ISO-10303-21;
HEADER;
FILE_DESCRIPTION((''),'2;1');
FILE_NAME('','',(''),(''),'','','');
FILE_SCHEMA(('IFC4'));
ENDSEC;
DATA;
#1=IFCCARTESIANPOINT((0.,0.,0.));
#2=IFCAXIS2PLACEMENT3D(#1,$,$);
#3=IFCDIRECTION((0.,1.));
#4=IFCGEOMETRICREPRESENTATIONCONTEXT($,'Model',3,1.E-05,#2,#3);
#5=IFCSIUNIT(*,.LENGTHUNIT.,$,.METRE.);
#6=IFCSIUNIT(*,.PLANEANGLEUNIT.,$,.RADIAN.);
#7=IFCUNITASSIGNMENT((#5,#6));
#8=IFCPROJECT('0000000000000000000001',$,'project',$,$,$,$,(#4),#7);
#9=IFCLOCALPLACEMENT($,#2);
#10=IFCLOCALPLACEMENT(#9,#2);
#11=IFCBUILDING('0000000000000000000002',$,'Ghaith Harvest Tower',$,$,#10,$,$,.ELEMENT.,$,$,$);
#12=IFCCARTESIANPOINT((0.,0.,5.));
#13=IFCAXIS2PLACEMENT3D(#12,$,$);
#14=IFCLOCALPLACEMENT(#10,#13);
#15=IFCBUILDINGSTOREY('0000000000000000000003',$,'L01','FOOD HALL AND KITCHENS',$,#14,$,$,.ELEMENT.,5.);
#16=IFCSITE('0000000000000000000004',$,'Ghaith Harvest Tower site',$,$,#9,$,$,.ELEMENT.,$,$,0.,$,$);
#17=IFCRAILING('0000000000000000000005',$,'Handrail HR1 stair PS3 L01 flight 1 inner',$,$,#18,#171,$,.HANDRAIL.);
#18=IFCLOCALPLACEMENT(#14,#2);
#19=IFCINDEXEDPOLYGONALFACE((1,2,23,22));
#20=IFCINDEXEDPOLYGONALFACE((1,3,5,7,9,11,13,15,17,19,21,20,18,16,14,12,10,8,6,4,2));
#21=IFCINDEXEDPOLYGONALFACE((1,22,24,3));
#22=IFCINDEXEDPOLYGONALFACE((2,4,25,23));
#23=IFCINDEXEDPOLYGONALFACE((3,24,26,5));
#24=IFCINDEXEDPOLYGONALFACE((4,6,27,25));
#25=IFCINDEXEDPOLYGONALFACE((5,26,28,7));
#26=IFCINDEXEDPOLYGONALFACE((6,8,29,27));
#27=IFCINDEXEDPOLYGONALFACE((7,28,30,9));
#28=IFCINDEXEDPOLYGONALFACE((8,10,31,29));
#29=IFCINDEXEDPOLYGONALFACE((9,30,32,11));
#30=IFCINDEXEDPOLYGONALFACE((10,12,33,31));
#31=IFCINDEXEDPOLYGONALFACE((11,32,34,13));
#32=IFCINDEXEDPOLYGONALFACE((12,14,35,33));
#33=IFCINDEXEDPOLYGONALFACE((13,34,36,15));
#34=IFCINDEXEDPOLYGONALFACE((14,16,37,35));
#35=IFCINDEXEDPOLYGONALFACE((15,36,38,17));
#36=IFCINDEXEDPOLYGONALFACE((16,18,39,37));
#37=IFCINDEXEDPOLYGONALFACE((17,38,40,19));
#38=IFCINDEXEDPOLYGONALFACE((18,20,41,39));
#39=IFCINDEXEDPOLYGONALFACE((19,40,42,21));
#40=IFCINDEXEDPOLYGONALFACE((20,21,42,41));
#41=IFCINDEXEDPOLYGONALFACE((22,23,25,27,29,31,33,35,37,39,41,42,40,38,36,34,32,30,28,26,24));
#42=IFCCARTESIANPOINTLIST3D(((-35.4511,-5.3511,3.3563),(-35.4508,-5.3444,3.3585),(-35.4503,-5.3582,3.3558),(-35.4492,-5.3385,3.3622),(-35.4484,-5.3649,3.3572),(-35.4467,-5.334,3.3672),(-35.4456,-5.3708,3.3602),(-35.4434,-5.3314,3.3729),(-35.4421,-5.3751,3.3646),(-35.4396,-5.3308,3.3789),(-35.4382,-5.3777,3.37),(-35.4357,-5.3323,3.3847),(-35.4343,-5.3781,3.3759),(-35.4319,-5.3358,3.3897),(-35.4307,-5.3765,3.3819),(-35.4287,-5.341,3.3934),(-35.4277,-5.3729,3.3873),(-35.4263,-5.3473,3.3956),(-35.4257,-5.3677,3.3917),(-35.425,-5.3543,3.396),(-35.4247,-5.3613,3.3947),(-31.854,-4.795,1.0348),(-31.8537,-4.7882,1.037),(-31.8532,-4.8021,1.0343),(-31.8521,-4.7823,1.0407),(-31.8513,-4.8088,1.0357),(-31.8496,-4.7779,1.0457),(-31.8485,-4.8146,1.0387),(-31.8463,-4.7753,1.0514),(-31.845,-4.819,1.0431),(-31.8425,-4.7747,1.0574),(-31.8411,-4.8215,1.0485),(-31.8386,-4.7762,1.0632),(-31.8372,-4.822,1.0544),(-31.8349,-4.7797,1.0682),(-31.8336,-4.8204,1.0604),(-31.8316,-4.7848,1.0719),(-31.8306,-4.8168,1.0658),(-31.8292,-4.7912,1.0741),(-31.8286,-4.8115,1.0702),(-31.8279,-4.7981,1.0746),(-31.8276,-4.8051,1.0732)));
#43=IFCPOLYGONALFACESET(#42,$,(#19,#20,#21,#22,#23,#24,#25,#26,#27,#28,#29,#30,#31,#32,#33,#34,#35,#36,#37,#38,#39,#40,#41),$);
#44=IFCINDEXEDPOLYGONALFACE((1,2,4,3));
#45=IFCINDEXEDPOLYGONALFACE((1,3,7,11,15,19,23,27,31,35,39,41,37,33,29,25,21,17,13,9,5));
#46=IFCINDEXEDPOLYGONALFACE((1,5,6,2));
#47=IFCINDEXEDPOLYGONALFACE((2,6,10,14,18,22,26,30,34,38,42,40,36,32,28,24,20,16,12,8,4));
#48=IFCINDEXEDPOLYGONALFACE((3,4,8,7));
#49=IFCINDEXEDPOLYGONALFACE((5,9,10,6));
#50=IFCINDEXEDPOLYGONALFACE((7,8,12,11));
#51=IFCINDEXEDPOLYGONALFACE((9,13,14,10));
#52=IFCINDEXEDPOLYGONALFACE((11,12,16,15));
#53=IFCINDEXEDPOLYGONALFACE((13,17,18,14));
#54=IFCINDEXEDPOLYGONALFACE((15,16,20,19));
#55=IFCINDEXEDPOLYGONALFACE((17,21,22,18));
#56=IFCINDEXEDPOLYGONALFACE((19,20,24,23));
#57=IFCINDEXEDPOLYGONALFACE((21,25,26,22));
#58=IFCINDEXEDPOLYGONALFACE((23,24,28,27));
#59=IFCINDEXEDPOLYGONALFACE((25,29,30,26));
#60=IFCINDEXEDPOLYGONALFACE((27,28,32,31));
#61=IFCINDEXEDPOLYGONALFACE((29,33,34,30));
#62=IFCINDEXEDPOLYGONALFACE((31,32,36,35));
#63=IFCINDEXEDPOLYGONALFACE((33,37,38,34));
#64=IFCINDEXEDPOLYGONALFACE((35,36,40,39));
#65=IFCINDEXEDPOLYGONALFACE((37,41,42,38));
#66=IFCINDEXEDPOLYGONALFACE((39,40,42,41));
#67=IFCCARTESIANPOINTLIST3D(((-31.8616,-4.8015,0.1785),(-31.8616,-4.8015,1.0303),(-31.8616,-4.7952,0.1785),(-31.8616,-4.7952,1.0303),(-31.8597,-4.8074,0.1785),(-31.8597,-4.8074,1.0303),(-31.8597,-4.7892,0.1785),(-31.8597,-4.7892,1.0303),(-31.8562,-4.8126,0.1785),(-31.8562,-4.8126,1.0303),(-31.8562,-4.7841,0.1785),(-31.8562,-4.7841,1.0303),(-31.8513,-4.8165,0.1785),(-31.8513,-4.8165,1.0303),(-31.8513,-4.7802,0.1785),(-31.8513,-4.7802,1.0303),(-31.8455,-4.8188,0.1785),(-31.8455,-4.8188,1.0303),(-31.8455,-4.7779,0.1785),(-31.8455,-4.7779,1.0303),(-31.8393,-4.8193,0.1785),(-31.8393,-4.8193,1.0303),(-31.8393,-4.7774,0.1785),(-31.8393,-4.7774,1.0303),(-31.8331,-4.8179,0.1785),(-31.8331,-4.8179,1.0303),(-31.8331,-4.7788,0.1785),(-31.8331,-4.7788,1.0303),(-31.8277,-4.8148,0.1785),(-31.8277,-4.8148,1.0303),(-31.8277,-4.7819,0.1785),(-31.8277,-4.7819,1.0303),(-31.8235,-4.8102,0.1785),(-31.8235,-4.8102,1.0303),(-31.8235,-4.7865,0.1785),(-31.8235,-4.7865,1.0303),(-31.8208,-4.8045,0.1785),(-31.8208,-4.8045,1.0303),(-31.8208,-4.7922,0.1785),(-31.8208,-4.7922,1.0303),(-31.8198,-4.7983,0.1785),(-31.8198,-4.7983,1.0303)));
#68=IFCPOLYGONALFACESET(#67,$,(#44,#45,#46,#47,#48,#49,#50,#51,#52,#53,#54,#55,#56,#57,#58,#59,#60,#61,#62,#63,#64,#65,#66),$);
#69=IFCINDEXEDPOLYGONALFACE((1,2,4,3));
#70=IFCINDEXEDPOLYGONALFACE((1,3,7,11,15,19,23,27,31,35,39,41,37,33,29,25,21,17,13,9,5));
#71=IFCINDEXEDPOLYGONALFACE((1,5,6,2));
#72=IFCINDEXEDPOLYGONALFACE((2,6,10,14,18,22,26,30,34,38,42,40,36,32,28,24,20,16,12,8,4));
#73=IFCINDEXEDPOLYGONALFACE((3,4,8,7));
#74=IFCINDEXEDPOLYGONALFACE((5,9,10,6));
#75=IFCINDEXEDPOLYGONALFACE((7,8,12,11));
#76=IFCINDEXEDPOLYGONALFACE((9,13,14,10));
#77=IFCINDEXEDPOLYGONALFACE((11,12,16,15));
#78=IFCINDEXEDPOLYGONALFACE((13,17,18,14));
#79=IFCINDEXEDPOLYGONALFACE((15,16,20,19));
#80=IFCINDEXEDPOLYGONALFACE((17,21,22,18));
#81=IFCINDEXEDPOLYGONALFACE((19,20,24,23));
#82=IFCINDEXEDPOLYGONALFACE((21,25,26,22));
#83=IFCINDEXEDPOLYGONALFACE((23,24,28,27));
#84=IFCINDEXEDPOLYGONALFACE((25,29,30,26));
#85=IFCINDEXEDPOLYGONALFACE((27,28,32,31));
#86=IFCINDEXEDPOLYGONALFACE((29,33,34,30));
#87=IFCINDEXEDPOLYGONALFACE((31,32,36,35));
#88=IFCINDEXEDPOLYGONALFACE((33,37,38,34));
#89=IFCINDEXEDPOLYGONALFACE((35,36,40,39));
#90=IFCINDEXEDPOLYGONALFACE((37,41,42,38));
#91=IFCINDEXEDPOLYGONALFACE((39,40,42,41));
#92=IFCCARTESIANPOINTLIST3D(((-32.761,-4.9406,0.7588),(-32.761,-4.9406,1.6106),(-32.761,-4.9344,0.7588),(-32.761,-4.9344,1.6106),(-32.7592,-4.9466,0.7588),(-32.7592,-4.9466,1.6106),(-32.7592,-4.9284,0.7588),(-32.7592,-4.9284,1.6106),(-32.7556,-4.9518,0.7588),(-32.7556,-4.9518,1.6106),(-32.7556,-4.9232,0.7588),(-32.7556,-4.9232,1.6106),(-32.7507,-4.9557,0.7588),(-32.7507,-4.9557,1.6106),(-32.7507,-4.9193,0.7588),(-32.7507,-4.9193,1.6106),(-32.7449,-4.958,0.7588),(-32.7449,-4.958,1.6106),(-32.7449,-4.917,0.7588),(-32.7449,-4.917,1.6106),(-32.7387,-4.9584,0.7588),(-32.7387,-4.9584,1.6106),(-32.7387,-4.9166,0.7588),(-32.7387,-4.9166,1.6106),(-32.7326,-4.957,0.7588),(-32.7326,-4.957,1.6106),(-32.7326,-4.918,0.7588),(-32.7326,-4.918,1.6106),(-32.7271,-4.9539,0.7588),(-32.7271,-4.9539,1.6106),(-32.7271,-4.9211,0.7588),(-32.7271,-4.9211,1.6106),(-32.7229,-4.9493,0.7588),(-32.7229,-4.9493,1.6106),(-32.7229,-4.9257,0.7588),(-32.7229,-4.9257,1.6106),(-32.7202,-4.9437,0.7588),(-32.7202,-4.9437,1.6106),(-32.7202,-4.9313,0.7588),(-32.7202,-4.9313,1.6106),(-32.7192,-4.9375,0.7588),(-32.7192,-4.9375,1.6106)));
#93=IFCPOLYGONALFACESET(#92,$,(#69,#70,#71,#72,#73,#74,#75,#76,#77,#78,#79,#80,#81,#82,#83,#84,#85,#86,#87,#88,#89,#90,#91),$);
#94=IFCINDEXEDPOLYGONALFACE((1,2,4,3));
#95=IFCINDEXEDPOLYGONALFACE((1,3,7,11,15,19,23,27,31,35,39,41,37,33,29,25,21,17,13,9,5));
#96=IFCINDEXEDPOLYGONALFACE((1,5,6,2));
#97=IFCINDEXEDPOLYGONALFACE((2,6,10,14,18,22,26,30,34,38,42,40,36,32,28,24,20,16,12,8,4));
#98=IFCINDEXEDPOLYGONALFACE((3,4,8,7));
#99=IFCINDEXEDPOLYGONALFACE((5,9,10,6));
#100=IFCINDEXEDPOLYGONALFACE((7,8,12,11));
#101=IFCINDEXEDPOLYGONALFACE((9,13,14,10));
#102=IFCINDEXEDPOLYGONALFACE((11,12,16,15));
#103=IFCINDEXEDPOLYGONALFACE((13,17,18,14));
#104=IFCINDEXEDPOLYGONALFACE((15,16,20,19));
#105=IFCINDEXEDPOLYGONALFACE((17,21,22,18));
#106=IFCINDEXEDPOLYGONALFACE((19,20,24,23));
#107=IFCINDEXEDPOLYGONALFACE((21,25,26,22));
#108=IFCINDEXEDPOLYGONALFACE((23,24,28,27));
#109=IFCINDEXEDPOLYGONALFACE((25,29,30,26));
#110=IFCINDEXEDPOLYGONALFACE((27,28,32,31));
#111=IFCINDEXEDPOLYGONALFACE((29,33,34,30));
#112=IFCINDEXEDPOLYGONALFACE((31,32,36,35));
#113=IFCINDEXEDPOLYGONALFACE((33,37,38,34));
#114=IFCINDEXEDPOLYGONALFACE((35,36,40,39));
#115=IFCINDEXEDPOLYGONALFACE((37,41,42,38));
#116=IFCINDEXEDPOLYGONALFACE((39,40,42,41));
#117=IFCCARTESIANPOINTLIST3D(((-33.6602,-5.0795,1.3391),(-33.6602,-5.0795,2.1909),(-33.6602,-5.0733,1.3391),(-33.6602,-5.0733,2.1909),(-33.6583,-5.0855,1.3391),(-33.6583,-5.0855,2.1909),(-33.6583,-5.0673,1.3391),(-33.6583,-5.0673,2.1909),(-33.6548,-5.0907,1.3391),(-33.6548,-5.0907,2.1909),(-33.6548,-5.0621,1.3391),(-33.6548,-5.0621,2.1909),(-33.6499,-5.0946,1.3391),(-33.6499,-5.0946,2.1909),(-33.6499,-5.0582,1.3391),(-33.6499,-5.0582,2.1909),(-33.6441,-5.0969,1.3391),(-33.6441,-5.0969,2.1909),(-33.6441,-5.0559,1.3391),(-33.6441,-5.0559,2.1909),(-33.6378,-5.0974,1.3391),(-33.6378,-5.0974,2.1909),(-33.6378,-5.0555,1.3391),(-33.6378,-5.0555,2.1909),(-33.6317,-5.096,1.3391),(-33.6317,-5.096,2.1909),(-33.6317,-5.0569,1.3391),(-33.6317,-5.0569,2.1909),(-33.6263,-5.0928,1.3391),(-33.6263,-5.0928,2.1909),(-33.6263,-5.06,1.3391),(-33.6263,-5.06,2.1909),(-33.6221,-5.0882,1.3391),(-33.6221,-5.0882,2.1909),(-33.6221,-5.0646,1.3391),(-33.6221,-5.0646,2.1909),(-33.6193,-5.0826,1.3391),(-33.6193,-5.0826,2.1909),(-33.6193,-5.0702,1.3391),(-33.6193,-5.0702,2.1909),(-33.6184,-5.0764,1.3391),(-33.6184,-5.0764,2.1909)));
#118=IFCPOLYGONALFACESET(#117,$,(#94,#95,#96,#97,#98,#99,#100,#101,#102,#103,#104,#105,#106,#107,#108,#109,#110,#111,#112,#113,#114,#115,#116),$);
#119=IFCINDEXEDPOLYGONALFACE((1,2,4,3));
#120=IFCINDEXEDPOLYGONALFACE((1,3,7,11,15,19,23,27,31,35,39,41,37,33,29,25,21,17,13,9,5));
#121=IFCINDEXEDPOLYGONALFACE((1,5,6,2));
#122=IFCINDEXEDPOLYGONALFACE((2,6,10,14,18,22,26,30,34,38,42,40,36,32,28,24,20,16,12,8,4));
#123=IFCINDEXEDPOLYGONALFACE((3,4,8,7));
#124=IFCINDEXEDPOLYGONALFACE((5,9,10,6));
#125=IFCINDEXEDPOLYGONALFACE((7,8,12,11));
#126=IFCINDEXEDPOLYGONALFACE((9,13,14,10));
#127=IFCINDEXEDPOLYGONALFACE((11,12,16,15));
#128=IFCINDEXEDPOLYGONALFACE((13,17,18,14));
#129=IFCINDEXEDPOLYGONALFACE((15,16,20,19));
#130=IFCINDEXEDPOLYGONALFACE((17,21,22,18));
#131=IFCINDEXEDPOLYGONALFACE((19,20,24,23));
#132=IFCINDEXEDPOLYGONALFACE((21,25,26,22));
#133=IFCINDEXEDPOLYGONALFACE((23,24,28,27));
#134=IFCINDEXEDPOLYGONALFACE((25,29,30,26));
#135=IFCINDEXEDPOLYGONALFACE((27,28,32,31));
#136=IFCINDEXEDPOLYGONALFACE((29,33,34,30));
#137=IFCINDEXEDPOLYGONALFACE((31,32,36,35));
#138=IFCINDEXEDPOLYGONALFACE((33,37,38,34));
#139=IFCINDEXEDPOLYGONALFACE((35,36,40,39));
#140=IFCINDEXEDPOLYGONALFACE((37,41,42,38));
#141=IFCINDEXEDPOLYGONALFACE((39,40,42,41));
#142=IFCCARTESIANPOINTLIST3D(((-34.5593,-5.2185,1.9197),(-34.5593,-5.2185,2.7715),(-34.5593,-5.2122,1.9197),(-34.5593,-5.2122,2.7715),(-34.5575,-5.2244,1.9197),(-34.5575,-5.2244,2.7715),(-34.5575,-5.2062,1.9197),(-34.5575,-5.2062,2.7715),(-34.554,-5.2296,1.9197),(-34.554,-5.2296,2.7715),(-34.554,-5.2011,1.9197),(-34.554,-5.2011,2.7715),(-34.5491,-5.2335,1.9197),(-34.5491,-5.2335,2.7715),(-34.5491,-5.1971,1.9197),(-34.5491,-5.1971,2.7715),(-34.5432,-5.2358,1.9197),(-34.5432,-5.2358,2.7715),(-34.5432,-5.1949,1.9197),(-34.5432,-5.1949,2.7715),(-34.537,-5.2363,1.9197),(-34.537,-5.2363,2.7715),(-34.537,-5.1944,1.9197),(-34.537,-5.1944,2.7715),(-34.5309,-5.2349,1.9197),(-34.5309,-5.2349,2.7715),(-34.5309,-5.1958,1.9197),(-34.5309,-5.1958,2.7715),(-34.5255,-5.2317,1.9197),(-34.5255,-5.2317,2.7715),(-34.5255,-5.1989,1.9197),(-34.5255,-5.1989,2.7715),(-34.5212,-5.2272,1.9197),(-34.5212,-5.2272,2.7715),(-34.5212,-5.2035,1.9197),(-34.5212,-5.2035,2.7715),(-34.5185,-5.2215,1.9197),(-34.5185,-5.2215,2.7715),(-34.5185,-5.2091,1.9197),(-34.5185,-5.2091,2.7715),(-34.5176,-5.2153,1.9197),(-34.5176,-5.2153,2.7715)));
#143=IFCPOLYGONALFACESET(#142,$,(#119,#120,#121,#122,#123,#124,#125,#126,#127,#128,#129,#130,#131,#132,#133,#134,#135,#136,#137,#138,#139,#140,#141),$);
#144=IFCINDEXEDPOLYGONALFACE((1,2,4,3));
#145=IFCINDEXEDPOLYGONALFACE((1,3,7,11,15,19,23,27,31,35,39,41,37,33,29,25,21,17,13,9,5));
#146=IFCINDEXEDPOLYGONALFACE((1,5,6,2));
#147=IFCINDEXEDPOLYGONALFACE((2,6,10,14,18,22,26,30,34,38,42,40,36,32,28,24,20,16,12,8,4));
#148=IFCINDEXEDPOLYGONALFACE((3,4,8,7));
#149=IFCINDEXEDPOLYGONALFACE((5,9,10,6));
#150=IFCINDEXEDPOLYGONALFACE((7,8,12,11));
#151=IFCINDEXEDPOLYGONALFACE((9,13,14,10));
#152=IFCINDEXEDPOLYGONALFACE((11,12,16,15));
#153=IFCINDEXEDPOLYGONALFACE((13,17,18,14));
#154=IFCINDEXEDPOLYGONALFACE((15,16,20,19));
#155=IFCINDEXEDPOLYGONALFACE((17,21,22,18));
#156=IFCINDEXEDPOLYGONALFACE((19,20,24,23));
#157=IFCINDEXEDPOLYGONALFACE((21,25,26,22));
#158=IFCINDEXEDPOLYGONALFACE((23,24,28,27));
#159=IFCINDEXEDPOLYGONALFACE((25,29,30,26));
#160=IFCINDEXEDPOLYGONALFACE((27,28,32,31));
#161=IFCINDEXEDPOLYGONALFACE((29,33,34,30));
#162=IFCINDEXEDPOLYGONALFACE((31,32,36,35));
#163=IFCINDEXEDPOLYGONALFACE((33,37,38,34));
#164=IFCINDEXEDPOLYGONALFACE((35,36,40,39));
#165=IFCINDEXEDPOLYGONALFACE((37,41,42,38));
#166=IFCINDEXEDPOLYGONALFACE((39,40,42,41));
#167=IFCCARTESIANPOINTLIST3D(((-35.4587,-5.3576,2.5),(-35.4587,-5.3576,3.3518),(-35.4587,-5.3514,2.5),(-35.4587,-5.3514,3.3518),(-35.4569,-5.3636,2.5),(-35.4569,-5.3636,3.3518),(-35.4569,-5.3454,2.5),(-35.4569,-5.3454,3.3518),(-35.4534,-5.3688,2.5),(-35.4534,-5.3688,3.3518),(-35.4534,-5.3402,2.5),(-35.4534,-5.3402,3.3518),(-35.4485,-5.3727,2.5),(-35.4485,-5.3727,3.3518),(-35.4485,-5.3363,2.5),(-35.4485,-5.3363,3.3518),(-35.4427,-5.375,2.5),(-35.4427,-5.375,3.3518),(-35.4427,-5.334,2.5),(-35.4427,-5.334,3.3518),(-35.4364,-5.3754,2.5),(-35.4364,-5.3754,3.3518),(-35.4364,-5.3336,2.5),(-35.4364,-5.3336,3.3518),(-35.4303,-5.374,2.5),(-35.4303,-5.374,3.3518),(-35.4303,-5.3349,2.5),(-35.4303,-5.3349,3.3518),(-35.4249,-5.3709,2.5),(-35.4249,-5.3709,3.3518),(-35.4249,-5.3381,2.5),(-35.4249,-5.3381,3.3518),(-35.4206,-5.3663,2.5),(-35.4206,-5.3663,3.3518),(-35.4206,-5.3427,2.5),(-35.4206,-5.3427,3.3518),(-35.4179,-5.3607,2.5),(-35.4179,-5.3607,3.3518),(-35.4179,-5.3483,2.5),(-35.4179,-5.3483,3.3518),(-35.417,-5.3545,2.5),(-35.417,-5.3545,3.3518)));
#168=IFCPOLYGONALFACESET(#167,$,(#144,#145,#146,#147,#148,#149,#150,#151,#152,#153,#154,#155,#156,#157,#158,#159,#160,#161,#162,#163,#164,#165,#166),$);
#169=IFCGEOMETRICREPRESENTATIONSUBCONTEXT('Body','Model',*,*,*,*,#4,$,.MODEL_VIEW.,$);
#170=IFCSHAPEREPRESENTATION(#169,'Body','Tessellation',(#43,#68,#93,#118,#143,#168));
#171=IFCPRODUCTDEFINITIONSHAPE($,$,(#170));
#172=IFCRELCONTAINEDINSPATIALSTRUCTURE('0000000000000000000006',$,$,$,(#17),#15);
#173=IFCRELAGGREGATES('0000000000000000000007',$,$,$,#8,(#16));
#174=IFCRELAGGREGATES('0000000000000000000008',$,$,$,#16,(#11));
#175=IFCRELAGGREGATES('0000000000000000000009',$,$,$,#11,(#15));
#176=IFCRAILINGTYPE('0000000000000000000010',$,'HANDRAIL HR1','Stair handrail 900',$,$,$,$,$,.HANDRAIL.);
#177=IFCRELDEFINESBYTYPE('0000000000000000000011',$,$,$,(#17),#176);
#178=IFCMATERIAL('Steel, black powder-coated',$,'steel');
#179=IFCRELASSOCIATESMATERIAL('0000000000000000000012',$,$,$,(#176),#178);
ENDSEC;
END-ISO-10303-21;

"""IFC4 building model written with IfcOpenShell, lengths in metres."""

from ifc_helpers import new_model, si_unit, direction, frame, origin, origin_2d, place, context, subcontext, project, spatial, circle, extrude, material, type_object, element, save


model = new_model("IFC4")

# Units and contexts
model_context = context("Model", 3, precision=1e-05, world=origin(), true_north=direction((0.0, 1.0)))
body_context = subcontext(model_context, "Body", "Model", "MODEL_VIEW")
ifc_project = project(units=[si_unit("LENGTHUNIT", "METRE"), si_unit("PLANEANGLEUNIT", "RADIAN")], contexts=[model_context])

# Site, building, storey
site_placement = place(None, origin())
site = spatial("IfcSite", under=ifc_project, at=site_placement, Name="Ghaith Harvest Tower site", CompositionType="ELEMENT", RefElevation=0.0)
building_placement = place(site_placement, origin())
building = spatial("IfcBuilding", under=site, at=building_placement, Name="Ghaith Harvest Tower", CompositionType="ELEMENT")
storey_placement = place(building_placement, frame((0.0, 0.0, 5.0)))
storey = spatial("IfcBuildingStorey", under=building, at=storey_placement, Name="L01", Description="FOOD HALL AND KITCHENS", CompositionType="ELEMENT", Elevation=5.0)

# Railing
ifc_material_1 = material(Name="Steel, black powder-coated", Category="steel")
railing_type = type_object("IfcRailingType", Name="HANDRAIL HR1", Description="Stair handrail 900", PredefinedType="HANDRAIL", material=ifc_material_1)
railing_1_placement = place(storey_placement, frame((-31.8408, -4.7983, 0.1785)))
element("IfcRailing", 1, at=railing_1_placement, inside=storey, type_object=railing_type, Name="Handrail HR1 stair PS3 L01 flight 1 inner", PredefinedType="HANDRAIL", context=body_context, shape_type="SweptSolid", body=[
    extrude(circle(Radius=0.0239, at=origin_2d()), frame((0.0, 0.0, 0.876), z_axis=(-0.833213, -0.128822, 0.537737), x_axis=(0.152793, -0.988258, 0.0)), (0.0, 0.0, 1.0), 4.3171),
    extrude(circle(Radius=0.021, at=origin_2d()), origin(), (0.0, 0.0, 1.0), 0.8518),
    extrude(circle(Radius=0.021, at=origin_2d()), frame((-0.8994, -0.1392, 0.5803)), (0.0, 0.0, 1.0), 0.8518),
    extrude(circle(Radius=0.021, at=origin_2d()), frame((-1.7986, -0.2781, 1.1606)), (0.0, 0.0, 1.0), 0.8518),
    extrude(circle(Radius=0.021, at=origin_2d()), frame((-2.6978, -0.417, 1.7412)), (0.0, 0.0, 1.0), 0.8518),
    extrude(circle(Radius=0.021, at=origin_2d()), frame((-3.5972, -0.5562, 2.3215)), (0.0, 0.0, 1.0), 0.8518),
])

save(model, "model.ifc")
